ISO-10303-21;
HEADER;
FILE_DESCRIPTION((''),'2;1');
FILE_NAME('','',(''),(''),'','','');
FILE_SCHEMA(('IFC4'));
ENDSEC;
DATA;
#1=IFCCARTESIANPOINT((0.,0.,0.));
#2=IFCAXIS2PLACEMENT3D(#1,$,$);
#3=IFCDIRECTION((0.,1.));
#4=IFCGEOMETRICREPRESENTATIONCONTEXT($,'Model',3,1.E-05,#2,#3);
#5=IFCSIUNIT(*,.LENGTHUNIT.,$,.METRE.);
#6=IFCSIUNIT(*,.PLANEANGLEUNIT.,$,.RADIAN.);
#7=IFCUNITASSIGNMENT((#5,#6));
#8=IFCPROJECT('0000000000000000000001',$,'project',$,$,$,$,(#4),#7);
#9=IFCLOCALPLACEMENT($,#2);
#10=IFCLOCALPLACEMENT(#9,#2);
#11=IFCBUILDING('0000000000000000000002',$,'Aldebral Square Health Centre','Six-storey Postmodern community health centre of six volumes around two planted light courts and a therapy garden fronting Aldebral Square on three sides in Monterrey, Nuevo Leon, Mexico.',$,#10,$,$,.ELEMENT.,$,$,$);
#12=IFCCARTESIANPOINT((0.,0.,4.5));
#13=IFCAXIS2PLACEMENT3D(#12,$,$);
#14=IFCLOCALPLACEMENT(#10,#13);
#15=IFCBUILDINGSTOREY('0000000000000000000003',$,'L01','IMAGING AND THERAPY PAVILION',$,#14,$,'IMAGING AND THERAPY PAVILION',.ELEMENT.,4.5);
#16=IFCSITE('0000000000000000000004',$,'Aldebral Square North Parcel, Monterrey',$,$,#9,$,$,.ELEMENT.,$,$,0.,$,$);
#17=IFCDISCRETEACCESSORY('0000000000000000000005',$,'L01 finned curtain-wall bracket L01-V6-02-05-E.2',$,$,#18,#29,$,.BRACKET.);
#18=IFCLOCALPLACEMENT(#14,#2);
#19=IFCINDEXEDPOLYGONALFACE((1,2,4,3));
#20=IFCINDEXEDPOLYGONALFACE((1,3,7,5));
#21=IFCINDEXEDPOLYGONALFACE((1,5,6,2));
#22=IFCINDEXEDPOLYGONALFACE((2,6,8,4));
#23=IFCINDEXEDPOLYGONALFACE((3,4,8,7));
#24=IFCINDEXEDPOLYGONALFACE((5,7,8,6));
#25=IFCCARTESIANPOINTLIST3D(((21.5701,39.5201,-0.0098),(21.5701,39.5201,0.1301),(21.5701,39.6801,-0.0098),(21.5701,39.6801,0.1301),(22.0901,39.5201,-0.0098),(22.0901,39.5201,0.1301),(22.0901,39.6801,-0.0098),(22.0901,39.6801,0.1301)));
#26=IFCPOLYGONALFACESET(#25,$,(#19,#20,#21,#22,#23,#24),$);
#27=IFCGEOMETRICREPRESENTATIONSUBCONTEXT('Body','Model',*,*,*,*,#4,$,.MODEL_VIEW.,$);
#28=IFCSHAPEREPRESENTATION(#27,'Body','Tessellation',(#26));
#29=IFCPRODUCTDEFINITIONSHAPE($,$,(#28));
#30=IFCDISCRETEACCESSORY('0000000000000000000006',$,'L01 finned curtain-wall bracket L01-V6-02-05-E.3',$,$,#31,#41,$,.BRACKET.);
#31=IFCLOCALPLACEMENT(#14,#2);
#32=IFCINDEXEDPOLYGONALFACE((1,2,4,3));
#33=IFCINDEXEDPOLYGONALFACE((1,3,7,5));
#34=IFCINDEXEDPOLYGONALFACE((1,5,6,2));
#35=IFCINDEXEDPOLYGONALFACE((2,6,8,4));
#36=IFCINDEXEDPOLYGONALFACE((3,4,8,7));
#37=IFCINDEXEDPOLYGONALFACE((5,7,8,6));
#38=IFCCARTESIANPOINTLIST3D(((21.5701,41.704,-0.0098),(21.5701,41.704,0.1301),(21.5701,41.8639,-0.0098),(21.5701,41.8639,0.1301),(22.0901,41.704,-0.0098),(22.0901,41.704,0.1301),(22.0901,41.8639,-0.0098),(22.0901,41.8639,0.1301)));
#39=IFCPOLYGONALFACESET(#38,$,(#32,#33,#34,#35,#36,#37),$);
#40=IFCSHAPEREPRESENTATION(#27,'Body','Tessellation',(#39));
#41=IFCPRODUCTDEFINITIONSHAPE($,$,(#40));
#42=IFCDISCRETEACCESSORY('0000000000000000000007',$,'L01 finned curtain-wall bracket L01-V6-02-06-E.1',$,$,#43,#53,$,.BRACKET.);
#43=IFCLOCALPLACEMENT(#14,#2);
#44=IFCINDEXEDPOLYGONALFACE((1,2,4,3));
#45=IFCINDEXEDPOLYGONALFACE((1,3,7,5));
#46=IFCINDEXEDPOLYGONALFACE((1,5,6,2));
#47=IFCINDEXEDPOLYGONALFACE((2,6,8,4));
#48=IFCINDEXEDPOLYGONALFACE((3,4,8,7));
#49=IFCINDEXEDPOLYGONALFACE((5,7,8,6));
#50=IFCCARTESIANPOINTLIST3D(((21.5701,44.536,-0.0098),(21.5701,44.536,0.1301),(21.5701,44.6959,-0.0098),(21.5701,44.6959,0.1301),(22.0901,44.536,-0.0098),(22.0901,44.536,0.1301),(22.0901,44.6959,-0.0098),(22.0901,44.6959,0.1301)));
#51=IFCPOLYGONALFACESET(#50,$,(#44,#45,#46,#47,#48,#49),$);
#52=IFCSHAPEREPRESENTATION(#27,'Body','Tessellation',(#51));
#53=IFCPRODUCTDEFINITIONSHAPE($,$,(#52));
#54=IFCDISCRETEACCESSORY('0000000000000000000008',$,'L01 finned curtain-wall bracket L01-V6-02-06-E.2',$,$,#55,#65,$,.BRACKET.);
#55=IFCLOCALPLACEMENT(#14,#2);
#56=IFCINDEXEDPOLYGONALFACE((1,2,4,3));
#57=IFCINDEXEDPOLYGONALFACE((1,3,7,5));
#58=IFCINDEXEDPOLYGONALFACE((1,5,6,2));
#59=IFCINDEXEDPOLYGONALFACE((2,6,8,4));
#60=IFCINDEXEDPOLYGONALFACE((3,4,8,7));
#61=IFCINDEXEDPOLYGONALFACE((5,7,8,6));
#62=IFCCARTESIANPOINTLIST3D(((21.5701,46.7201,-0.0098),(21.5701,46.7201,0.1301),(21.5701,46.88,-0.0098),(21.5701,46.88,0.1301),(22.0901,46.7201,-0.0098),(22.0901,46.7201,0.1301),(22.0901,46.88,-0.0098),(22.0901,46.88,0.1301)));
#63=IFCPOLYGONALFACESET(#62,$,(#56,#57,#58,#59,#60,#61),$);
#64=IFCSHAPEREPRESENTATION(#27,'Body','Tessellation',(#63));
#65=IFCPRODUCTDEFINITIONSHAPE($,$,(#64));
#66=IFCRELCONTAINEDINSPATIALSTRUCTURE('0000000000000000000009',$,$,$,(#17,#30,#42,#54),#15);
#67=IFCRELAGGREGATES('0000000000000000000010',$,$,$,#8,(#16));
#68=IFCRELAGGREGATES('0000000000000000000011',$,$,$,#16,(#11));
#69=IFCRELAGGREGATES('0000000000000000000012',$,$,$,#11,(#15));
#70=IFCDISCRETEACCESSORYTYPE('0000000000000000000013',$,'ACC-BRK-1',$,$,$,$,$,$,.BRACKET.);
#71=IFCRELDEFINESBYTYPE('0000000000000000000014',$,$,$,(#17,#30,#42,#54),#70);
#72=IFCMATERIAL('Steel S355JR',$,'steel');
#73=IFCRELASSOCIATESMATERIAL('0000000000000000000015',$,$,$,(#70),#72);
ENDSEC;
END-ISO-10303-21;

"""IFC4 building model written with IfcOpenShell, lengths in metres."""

from ifc_helpers import new_model, si_unit, direction, frame, origin, origin_2d, place, context, subcontext, project, spatial, rectangle, extrude, material, type_object, element, save


model = new_model("IFC4")

# Units and contexts
model_context = context("Model", 3, precision=1e-05, world=origin(), true_north=direction((0.0, 1.0)))
body_context = subcontext(model_context, "Body", "Model", "MODEL_VIEW")
ifc_project = project(units=[si_unit("LENGTHUNIT", "METRE"), si_unit("PLANEANGLEUNIT", "RADIAN")], contexts=[model_context])

# Site, building, storey
site_placement = place(None, origin())
site = spatial("IfcSite", under=ifc_project, at=site_placement, Name="Aldebral Square North Parcel, Monterrey", CompositionType="ELEMENT", RefElevation=0.0)
building_placement = place(site_placement, origin())
building = spatial("IfcBuilding", under=site, at=building_placement, Name="Aldebral Square Health Centre", Description="Six-storey Postmodern community health centre of six volumes around two planted light courts and a therapy garden fronting Aldebral Square on three sides in Monterrey, Nuevo Leon, Mexico.", CompositionType="ELEMENT")
storey_placement = place(building_placement, frame((0.0, 0.0, 4.5)))
storey = spatial("IfcBuildingStorey", under=building, at=storey_placement, Name="L01", Description="IMAGING AND THERAPY PAVILION", LongName="IMAGING AND THERAPY PAVILION", CompositionType="ELEMENT", Elevation=4.5)

# Discrete accessories
ifc_material_1 = material(Name="Steel S355JR", Category="steel")
discrete_accessory_type = type_object("IfcDiscreteAccessoryType", Name="ACC-BRK-1", PredefinedType="BRACKET", material=ifc_material_1)
for number, where, z_axis, x_axis, name in (
    (1, (21.8301, 39.6001, -0.0098), (0.0, 0.0, 1.0), (0.0, 1.0, 0.0), "L01 finned curtain-wall bracket L01-V6-02-05-E.2"),
    (2, (21.8301, 41.7839, -0.0098), (0.0, 0.0, 1.0), (0.0, 1.0, 0.0), "L01 finned curtain-wall bracket L01-V6-02-05-E.3"),
    (3, (21.8301, 44.616, -0.0098), (0.0, 0.0, 1.0), (0.0, 1.0, 0.0), "L01 finned curtain-wall bracket L01-V6-02-06-E.1"),
    (4, (21.8301, 46.8, -0.0098), (0.0, 0.0, 1.0), (0.0, 1.0, 0.0), "L01 finned curtain-wall bracket L01-V6-02-06-E.2"),
):
    element("IfcDiscreteAccessory", number, at=place(storey_placement, frame(where, z_axis=z_axis, x_axis=x_axis)), inside=storey, type_object=discrete_accessory_type, Name=name, PredefinedType="BRACKET", context=body_context, shape_type="SweptSolid", body=[
        extrude(rectangle(XDim=0.1599, YDim=0.52, at=origin_2d()), origin(), (0.0, 0.0, 1.0), 0.1399),
    ])

save(model, "model.ifc")
